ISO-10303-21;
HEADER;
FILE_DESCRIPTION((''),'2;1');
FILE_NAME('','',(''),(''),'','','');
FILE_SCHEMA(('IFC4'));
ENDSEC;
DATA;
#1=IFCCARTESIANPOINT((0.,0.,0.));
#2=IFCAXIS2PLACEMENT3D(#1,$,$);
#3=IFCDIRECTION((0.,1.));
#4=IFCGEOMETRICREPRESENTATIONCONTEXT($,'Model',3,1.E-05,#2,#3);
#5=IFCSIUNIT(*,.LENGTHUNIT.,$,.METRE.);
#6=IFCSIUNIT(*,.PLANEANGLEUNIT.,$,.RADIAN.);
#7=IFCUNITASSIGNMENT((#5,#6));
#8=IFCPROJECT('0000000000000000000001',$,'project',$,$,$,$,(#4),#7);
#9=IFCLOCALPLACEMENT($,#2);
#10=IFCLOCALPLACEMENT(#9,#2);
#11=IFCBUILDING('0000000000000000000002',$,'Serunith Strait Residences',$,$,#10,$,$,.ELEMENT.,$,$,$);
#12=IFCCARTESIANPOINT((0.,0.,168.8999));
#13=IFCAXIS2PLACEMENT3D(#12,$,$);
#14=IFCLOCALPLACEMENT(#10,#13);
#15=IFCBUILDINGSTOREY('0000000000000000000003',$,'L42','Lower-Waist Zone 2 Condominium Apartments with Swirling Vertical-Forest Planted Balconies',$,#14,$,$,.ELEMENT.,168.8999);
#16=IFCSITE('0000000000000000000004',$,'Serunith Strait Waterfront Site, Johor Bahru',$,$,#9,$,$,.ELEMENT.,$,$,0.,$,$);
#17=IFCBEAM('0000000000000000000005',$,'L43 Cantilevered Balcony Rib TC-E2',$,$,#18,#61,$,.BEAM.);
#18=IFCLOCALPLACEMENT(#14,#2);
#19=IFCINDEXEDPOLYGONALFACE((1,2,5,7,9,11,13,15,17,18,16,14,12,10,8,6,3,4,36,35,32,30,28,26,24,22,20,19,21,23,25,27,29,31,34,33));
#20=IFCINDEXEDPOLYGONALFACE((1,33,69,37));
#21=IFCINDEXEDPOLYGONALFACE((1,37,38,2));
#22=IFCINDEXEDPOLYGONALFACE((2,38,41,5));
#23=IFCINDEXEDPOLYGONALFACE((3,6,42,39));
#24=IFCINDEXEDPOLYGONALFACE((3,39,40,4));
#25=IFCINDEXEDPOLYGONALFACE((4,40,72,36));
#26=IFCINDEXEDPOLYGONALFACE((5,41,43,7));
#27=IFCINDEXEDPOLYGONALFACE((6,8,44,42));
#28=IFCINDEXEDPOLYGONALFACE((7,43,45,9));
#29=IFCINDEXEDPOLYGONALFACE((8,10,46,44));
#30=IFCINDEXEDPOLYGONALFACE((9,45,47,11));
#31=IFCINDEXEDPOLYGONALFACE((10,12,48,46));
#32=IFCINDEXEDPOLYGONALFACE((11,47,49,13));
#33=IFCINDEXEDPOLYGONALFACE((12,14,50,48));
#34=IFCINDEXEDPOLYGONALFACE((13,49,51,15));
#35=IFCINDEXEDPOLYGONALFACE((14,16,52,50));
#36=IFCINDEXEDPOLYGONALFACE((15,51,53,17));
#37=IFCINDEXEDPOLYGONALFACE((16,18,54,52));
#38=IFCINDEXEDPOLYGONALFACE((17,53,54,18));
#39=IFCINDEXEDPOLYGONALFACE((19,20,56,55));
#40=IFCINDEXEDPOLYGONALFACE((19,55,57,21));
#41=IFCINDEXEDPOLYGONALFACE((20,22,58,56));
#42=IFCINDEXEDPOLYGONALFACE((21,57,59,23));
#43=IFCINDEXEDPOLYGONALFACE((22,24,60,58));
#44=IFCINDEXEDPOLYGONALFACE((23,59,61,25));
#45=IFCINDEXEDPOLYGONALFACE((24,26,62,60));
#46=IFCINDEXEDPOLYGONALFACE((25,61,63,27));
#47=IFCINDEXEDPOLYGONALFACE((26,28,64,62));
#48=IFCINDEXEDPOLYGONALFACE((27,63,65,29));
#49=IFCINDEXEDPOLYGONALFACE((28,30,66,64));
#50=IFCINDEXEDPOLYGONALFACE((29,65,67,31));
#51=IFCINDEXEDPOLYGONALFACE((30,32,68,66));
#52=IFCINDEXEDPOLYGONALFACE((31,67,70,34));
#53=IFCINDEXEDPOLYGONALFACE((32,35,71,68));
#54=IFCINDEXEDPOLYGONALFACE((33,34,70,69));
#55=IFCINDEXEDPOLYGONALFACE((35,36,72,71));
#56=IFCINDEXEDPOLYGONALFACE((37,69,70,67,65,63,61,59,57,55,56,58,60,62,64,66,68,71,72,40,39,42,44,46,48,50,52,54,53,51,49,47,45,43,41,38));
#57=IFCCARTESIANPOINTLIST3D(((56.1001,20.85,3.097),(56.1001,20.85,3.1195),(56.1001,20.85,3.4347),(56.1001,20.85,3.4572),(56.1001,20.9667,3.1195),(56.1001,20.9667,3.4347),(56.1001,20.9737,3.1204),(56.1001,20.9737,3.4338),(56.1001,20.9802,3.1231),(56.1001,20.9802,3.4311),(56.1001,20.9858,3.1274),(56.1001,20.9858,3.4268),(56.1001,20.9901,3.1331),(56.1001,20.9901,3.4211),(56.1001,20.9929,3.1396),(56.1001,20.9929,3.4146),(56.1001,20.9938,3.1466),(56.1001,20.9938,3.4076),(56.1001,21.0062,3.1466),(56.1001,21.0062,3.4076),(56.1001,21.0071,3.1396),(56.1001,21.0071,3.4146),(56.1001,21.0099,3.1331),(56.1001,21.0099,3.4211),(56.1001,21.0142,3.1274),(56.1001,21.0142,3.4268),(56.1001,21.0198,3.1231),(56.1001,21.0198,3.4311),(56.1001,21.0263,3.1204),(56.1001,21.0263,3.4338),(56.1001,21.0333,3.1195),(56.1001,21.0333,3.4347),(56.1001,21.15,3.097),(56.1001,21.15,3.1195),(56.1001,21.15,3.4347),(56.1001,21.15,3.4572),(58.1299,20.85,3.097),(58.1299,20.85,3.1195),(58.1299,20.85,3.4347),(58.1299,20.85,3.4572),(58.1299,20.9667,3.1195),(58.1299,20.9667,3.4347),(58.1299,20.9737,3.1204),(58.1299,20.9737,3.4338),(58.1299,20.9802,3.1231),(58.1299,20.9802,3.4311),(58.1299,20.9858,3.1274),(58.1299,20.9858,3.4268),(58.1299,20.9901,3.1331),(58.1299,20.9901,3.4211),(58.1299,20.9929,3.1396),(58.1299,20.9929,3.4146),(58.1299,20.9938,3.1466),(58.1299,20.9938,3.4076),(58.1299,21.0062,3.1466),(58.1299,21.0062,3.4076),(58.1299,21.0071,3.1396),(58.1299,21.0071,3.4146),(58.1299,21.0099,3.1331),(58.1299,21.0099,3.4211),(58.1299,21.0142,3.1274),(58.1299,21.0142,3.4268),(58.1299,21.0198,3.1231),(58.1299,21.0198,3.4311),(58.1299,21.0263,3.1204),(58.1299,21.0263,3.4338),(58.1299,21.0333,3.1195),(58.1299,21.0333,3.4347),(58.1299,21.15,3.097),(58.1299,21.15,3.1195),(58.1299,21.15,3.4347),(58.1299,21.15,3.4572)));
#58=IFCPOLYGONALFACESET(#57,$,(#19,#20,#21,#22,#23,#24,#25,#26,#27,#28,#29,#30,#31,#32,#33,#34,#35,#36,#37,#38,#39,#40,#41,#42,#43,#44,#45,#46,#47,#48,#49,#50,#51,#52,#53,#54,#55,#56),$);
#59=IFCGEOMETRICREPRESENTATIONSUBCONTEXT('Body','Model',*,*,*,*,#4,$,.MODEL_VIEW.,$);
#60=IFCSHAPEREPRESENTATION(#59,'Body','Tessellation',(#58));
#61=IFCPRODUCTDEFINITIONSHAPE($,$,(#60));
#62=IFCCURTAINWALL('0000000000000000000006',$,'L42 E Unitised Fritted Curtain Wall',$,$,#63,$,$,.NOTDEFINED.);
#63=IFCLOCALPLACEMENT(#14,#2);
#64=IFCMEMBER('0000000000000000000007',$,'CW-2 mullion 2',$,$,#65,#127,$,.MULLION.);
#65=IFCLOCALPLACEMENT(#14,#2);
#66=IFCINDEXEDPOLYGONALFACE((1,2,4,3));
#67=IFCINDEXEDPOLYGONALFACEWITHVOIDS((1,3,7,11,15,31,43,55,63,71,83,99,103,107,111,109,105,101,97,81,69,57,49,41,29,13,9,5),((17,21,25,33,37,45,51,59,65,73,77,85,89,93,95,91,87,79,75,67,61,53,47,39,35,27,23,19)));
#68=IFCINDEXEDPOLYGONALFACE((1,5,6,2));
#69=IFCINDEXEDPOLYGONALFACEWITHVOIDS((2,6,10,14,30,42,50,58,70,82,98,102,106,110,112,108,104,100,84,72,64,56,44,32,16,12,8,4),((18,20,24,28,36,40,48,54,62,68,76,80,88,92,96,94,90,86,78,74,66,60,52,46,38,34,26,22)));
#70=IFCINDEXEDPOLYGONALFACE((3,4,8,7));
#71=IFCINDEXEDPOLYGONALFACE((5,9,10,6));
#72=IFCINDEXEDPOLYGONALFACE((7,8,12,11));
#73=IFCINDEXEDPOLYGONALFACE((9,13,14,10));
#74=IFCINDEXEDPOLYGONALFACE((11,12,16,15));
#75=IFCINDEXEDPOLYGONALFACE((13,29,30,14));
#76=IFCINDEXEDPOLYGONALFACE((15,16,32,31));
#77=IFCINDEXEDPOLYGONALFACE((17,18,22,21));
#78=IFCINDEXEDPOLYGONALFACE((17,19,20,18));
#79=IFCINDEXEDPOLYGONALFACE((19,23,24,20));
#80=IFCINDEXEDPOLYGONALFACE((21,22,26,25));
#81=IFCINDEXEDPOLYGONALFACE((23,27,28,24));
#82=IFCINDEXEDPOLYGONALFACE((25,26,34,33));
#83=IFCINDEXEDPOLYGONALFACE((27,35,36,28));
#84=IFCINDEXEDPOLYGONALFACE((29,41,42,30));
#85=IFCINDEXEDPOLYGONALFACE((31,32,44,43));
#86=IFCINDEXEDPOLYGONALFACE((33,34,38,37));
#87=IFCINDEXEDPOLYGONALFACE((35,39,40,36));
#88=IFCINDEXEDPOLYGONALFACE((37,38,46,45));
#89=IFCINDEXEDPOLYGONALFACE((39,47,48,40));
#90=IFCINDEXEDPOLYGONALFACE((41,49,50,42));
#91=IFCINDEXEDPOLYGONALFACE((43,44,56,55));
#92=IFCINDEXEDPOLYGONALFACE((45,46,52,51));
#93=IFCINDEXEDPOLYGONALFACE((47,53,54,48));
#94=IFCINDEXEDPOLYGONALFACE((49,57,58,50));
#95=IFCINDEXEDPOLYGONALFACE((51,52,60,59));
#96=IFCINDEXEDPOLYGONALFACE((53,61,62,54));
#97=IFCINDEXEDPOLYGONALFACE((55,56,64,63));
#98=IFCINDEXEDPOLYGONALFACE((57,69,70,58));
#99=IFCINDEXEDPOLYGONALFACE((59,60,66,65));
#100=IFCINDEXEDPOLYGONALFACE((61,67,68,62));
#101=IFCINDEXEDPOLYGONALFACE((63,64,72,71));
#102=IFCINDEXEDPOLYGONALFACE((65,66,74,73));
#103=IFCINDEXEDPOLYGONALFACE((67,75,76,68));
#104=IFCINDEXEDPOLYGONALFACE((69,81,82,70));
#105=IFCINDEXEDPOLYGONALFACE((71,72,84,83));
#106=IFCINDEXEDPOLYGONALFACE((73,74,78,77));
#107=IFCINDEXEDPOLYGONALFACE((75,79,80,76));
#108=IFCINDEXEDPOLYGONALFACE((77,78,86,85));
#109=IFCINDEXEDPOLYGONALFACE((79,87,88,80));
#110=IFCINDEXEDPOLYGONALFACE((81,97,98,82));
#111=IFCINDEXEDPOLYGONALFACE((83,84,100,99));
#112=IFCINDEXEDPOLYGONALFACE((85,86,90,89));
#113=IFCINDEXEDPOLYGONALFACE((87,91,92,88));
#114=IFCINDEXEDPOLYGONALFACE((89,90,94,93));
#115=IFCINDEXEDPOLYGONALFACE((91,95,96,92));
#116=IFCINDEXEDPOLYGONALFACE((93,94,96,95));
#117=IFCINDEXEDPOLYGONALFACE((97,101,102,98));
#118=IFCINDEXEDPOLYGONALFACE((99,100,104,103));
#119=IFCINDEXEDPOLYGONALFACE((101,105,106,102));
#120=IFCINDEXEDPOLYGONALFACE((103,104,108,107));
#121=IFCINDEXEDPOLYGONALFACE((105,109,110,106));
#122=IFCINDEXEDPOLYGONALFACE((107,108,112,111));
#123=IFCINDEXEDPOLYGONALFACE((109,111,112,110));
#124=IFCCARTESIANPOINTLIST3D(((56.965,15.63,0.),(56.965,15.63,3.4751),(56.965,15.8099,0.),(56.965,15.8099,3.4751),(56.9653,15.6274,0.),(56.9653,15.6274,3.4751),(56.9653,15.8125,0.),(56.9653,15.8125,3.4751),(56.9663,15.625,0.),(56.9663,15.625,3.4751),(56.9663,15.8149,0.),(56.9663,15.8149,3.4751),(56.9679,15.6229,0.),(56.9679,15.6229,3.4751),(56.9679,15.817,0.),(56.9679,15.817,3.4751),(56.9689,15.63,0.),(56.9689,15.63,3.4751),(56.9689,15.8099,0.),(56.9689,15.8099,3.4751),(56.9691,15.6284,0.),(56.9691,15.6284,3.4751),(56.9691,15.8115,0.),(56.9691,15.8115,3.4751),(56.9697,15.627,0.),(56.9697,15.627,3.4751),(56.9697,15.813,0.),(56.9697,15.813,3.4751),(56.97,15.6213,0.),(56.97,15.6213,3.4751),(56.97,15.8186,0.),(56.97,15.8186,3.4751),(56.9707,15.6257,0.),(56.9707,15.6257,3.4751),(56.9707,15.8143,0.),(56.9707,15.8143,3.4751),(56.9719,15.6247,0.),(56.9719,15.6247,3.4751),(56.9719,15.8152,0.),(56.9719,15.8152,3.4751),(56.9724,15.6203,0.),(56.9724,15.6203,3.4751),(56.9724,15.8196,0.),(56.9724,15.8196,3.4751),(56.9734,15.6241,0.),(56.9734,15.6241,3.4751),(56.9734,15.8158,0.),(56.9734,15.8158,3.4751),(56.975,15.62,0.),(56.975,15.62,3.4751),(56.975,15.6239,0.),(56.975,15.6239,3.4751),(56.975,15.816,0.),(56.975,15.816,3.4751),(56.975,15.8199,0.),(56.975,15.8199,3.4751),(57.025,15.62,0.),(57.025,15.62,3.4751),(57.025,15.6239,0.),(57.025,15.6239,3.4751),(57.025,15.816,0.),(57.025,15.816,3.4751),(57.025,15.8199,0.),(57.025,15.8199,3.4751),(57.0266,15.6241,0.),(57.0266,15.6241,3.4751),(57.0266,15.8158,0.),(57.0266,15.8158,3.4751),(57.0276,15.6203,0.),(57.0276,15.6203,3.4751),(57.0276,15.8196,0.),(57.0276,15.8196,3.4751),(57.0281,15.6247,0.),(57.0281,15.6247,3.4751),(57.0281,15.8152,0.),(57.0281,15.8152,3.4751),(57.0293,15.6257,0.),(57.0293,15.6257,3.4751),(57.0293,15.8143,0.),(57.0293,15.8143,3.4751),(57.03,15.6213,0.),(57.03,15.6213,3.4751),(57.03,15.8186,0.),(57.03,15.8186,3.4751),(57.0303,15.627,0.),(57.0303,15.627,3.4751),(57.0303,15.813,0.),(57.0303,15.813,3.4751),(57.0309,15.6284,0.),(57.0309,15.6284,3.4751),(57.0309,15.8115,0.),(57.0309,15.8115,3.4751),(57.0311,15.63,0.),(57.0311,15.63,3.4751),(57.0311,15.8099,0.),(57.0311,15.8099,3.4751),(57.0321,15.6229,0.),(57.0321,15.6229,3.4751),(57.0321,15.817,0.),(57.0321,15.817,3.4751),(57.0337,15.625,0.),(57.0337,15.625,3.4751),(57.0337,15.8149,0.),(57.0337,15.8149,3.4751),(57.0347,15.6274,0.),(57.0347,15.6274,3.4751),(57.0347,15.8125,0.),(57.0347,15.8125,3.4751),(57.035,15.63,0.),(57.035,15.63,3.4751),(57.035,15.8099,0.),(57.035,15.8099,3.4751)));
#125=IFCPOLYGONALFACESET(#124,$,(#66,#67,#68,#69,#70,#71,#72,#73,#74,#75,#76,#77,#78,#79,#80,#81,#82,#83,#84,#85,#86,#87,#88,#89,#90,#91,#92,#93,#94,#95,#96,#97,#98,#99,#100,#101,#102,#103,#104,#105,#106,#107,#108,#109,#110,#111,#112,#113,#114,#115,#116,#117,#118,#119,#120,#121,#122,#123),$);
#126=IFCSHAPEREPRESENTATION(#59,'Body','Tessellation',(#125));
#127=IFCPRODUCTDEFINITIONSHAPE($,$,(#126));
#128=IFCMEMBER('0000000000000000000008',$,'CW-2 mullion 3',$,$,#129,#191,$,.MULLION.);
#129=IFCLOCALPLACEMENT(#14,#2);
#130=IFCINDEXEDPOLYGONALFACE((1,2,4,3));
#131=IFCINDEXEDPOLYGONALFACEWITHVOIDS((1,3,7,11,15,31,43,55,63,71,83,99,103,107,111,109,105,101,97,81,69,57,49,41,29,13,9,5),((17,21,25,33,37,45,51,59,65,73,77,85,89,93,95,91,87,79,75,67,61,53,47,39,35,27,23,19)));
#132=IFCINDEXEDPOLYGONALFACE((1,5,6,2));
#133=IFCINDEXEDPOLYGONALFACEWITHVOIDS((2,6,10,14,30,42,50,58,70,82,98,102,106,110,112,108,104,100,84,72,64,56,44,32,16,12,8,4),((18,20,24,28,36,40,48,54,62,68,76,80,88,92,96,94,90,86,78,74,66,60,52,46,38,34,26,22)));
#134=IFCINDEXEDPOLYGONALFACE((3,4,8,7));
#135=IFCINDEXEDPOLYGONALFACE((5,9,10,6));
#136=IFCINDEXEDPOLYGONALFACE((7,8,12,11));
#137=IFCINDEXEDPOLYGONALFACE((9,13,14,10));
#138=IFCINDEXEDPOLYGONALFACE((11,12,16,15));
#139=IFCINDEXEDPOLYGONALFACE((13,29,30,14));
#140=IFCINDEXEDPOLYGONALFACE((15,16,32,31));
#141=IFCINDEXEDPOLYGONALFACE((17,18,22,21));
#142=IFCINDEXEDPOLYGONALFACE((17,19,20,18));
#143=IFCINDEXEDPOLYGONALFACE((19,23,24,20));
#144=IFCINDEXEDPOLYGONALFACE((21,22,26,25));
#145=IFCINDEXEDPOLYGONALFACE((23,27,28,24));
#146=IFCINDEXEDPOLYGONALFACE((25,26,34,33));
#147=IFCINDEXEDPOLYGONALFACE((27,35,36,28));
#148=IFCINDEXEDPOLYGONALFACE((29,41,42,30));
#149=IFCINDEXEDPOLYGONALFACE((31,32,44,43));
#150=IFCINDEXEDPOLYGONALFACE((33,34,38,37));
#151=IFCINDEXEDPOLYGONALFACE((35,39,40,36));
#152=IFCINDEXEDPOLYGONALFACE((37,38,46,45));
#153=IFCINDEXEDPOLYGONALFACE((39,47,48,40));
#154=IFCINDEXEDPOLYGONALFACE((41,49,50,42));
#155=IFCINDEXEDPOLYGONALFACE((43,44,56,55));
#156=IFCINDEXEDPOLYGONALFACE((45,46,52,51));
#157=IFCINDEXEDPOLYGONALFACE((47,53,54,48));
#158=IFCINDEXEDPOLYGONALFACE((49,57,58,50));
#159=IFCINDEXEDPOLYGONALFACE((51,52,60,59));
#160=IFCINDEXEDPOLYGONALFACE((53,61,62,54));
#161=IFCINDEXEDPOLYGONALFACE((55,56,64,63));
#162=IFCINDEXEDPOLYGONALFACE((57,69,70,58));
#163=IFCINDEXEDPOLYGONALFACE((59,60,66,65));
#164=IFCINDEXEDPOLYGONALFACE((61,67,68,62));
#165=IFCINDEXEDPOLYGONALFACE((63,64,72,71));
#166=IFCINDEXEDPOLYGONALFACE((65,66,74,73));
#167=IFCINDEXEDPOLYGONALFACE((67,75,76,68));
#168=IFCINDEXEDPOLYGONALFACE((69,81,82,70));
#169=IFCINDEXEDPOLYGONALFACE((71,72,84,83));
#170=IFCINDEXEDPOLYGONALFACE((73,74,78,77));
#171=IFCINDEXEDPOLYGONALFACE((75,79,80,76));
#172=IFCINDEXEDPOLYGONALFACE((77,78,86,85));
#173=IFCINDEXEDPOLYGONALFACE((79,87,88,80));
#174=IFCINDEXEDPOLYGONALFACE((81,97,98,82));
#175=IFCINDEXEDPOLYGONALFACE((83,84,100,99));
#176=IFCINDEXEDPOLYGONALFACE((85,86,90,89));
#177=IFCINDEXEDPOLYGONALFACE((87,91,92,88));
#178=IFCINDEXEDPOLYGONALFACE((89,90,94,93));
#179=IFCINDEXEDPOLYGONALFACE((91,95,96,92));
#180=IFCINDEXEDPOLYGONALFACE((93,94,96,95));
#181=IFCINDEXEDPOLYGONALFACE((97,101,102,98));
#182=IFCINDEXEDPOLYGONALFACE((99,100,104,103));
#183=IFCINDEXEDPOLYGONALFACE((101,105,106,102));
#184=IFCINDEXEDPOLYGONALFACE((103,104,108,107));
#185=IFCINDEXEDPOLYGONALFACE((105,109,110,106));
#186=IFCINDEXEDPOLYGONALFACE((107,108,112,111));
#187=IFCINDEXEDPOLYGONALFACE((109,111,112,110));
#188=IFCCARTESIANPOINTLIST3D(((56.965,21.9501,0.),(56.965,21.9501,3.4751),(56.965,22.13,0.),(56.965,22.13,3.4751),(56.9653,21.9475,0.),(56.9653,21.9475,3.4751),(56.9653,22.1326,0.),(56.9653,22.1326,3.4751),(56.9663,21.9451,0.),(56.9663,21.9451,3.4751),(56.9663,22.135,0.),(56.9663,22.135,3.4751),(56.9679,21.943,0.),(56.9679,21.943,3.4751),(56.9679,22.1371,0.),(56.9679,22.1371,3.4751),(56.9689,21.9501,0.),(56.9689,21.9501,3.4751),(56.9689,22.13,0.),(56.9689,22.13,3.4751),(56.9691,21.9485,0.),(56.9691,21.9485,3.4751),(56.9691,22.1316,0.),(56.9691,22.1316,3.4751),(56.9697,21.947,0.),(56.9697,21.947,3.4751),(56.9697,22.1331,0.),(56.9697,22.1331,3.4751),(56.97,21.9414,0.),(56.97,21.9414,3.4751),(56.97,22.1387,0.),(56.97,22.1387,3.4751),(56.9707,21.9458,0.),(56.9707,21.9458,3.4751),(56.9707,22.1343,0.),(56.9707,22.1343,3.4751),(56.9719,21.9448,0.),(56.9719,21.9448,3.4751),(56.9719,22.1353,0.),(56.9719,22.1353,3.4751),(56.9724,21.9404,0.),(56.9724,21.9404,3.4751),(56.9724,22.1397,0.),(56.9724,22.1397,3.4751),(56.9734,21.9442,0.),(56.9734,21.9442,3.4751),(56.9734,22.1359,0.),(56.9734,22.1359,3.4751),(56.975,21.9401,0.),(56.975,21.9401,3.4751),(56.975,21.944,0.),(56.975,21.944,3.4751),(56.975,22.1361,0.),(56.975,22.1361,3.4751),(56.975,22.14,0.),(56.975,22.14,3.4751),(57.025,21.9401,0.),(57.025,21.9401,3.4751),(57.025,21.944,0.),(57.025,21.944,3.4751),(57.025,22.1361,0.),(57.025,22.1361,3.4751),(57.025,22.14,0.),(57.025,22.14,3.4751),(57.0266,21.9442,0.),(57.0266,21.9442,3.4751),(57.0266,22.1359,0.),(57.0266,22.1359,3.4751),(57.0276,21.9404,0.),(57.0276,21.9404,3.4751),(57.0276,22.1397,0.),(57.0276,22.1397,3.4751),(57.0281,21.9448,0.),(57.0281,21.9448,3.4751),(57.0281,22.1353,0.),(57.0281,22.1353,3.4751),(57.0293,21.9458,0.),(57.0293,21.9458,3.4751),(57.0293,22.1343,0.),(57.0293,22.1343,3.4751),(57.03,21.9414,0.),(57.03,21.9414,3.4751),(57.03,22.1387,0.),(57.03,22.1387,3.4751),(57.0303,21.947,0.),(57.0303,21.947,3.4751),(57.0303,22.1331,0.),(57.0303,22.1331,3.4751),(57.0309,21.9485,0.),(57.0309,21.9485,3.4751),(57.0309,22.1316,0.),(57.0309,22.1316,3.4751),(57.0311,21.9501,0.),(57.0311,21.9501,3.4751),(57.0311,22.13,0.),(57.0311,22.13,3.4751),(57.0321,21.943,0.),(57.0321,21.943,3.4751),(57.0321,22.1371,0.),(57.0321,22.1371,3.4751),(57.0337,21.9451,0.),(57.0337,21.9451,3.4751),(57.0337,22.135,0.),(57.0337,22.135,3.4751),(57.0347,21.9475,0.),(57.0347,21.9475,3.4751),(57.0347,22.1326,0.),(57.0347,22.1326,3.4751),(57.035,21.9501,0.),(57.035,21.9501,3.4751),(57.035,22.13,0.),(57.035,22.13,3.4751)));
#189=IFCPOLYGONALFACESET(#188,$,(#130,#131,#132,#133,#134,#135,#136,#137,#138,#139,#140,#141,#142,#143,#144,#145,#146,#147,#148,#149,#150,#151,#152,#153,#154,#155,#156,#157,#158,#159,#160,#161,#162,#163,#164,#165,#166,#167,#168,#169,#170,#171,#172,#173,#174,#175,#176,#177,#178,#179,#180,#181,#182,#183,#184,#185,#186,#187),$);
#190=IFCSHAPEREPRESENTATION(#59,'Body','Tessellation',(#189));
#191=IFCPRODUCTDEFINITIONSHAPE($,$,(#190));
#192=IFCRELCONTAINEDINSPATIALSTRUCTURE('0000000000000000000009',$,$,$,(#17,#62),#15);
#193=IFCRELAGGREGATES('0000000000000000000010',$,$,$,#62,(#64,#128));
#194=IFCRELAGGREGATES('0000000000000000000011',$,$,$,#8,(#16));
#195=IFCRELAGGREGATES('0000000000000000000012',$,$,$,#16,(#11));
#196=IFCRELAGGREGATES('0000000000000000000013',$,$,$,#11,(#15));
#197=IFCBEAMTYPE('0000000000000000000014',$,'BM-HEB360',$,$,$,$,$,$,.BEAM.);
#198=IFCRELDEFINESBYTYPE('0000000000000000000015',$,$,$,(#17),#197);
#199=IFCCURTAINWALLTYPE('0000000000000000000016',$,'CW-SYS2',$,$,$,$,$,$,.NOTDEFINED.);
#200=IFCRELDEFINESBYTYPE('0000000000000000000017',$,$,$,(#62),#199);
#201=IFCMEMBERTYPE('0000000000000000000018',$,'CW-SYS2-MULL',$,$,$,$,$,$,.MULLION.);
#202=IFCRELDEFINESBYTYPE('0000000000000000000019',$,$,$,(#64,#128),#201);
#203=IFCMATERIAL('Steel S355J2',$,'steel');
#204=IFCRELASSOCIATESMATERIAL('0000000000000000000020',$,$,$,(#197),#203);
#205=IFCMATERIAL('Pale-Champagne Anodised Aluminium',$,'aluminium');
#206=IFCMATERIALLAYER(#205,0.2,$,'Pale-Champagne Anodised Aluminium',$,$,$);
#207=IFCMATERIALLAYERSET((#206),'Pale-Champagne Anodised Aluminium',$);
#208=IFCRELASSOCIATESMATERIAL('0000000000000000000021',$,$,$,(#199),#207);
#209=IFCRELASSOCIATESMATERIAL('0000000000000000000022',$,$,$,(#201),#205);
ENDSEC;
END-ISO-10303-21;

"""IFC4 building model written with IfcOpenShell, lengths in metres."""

from ifc_helpers import new_model, si_unit, direction, frame, origin, origin_2d, place, context, subcontext, project, spatial, hollow_rectangle, i_section, extrude, source, transform, mapped, material, layer, layer_set, material_profile, profile_set, type_object, element, aggregate, save


model = new_model("IFC4")

# Units and contexts
model_context = context("Model", 3, precision=1e-05, world=origin(), true_north=direction((0.0, 1.0)))
body_context = subcontext(model_context, "Body", "Model", "MODEL_VIEW")
ifc_project = project(units=[si_unit("LENGTHUNIT", "METRE"), si_unit("PLANEANGLEUNIT", "RADIAN")], contexts=[model_context])

# Site, building, storey
site_placement = place(None, origin())
site = spatial("IfcSite", under=ifc_project, at=site_placement, Name="Serunith Strait Waterfront Site, Johor Bahru", CompositionType="ELEMENT", RefElevation=0.0)
building_placement = place(site_placement, origin())
building = spatial("IfcBuilding", under=site, at=building_placement, Name="Serunith Strait Residences", CompositionType="ELEMENT")
storey_placement = place(building_placement, frame((0.0, 0.0, 168.8999)))
storey = spatial("IfcBuildingStorey", under=building, at=storey_placement, Name="L42", Description="Lower-Waist Zone 2 Condominium Apartments with Swirling Vertical-Forest Planted Balconies", CompositionType="ELEMENT", Elevation=168.8999)

# Beam
ifc_material_1 = material(Name="Steel S355J2", Category="steel")
ifc_material_profile_1 = material_profile(ifc_material_1, i_section(OverallWidth=0.3, OverallDepth=0.3601, WebThickness=0.0125, FlangeThickness=0.0225, FilletRadius=0.0271, at=origin_2d()), Name="HEB 360")
ifc_profile_set_1 = profile_set([ifc_material_profile_1], Name="Steel S355J2")
beam_type_1 = type_object("IfcBeamType", Name="BM-HEB360", PredefinedType="BEAM", material=ifc_profile_set_1)
shared_shape_1 = source(origin(), body_context, "Body", "SweptSolid", [
    extrude(i_section(OverallWidth=0.3, OverallDepth=0.3601, WebThickness=0.0125, FlangeThickness=0.0225, FilletRadius=0.0271, at=origin_2d()), origin(), (0.0, 0.0, 1.0), 2.0298),
])
for number, where, z_axis, x_axis, name in (
    (1, (56.1001, 21.0, 3.2771), (1.0, 0.0, 0.0), (0.0, 1.0, 0.0), "L43 Cantilevered Balcony Rib TC-E2"),
):
    element("IfcBeam", number, at=place(storey_placement, frame(where, z_axis=z_axis, x_axis=x_axis)), inside=storey, type_object=beam_type_1, Name=name, PredefinedType="BEAM", context=body_context, shape_type="MappedRepresentation", body=[
        mapped(shared_shape_1, transform((0.0, 0.0, 0.0), scale=1.0)),
    ])

# Curtain wall, members
ifc_material_2 = material(Name="Pale-Champagne Anodised Aluminium", Category="aluminium")
ifc_layer_1 = layer(ifc_material_2, 0.2, Name="Pale-Champagne Anodised Aluminium")
ifc_layer_set_1 = layer_set([ifc_layer_1], Name="Pale-Champagne Anodised Aluminium")
curtain_wall_type = type_object("IfcCurtainWallType", Name="CW-SYS2", PredefinedType="NOTDEFINED", material=ifc_layer_set_1)
curtain_wall_placement = place(storey_placement, origin())
curtain_wall = element("IfcCurtainWall", 2, at=curtain_wall_placement, inside=storey, type_object=curtain_wall_type, Name="L42 E Unitised Fritted Curtain Wall", PredefinedType="NOTDEFINED")
ifc_material_profile_2 = material_profile(ifc_material_2, hollow_rectangle(XDim=0.0701, YDim=0.2, WallThickness=0.0039, InnerFilletRadius=0.0061, OuterFilletRadius=0.01, at=origin_2d()), Name="ALU 200x70x4")
ifc_profile_set_2 = profile_set([ifc_material_profile_2], Name="Pale-Champagne Anodised Aluminium")
member_type_1 = type_object("IfcMemberType", Name="CW-SYS2-MULL", PredefinedType="MULLION", material=ifc_profile_set_2)
shared_shape_2 = source(origin(), body_context, "Body", "SweptSolid", [
    extrude(hollow_rectangle(XDim=0.0701, YDim=0.2, WallThickness=0.0039, InnerFilletRadius=0.0061, OuterFilletRadius=0.01, at=origin_2d()), origin(), (0.0, 0.0, 1.0), 3.4751),
])
member_1_placement = place(storey_placement, frame((57.0, 15.72, 0.0), z_axis=(0.0, 0.0, 1.0), x_axis=(-1.0, 0.0, 0.0)))
member_1 = element("IfcMember", 3, at=member_1_placement, type_object=member_type_1, Name="CW-2 mullion 2", PredefinedType="MULLION", context=body_context, shape_type="MappedRepresentation", body=[
    mapped(shared_shape_2, transform((0.0, 0.0, 0.0), scale=1.0)),
])
member_2_placement = place(storey_placement, frame((57.0, 22.04, 0.0), z_axis=(0.0, 0.0, 1.0), x_axis=(-1.0, 0.0, 0.0)))
member_2 = element("IfcMember", 4, at=member_2_placement, type_object=member_type_1, Name="CW-2 mullion 3", PredefinedType="MULLION", context=body_context, shape_type="MappedRepresentation", body=[
    mapped(shared_shape_2, transform((0.0, 0.0, 0.0), scale=1.0)),
])
aggregate(curtain_wall, [member_1, member_2])

save(model, "model.ifc")
